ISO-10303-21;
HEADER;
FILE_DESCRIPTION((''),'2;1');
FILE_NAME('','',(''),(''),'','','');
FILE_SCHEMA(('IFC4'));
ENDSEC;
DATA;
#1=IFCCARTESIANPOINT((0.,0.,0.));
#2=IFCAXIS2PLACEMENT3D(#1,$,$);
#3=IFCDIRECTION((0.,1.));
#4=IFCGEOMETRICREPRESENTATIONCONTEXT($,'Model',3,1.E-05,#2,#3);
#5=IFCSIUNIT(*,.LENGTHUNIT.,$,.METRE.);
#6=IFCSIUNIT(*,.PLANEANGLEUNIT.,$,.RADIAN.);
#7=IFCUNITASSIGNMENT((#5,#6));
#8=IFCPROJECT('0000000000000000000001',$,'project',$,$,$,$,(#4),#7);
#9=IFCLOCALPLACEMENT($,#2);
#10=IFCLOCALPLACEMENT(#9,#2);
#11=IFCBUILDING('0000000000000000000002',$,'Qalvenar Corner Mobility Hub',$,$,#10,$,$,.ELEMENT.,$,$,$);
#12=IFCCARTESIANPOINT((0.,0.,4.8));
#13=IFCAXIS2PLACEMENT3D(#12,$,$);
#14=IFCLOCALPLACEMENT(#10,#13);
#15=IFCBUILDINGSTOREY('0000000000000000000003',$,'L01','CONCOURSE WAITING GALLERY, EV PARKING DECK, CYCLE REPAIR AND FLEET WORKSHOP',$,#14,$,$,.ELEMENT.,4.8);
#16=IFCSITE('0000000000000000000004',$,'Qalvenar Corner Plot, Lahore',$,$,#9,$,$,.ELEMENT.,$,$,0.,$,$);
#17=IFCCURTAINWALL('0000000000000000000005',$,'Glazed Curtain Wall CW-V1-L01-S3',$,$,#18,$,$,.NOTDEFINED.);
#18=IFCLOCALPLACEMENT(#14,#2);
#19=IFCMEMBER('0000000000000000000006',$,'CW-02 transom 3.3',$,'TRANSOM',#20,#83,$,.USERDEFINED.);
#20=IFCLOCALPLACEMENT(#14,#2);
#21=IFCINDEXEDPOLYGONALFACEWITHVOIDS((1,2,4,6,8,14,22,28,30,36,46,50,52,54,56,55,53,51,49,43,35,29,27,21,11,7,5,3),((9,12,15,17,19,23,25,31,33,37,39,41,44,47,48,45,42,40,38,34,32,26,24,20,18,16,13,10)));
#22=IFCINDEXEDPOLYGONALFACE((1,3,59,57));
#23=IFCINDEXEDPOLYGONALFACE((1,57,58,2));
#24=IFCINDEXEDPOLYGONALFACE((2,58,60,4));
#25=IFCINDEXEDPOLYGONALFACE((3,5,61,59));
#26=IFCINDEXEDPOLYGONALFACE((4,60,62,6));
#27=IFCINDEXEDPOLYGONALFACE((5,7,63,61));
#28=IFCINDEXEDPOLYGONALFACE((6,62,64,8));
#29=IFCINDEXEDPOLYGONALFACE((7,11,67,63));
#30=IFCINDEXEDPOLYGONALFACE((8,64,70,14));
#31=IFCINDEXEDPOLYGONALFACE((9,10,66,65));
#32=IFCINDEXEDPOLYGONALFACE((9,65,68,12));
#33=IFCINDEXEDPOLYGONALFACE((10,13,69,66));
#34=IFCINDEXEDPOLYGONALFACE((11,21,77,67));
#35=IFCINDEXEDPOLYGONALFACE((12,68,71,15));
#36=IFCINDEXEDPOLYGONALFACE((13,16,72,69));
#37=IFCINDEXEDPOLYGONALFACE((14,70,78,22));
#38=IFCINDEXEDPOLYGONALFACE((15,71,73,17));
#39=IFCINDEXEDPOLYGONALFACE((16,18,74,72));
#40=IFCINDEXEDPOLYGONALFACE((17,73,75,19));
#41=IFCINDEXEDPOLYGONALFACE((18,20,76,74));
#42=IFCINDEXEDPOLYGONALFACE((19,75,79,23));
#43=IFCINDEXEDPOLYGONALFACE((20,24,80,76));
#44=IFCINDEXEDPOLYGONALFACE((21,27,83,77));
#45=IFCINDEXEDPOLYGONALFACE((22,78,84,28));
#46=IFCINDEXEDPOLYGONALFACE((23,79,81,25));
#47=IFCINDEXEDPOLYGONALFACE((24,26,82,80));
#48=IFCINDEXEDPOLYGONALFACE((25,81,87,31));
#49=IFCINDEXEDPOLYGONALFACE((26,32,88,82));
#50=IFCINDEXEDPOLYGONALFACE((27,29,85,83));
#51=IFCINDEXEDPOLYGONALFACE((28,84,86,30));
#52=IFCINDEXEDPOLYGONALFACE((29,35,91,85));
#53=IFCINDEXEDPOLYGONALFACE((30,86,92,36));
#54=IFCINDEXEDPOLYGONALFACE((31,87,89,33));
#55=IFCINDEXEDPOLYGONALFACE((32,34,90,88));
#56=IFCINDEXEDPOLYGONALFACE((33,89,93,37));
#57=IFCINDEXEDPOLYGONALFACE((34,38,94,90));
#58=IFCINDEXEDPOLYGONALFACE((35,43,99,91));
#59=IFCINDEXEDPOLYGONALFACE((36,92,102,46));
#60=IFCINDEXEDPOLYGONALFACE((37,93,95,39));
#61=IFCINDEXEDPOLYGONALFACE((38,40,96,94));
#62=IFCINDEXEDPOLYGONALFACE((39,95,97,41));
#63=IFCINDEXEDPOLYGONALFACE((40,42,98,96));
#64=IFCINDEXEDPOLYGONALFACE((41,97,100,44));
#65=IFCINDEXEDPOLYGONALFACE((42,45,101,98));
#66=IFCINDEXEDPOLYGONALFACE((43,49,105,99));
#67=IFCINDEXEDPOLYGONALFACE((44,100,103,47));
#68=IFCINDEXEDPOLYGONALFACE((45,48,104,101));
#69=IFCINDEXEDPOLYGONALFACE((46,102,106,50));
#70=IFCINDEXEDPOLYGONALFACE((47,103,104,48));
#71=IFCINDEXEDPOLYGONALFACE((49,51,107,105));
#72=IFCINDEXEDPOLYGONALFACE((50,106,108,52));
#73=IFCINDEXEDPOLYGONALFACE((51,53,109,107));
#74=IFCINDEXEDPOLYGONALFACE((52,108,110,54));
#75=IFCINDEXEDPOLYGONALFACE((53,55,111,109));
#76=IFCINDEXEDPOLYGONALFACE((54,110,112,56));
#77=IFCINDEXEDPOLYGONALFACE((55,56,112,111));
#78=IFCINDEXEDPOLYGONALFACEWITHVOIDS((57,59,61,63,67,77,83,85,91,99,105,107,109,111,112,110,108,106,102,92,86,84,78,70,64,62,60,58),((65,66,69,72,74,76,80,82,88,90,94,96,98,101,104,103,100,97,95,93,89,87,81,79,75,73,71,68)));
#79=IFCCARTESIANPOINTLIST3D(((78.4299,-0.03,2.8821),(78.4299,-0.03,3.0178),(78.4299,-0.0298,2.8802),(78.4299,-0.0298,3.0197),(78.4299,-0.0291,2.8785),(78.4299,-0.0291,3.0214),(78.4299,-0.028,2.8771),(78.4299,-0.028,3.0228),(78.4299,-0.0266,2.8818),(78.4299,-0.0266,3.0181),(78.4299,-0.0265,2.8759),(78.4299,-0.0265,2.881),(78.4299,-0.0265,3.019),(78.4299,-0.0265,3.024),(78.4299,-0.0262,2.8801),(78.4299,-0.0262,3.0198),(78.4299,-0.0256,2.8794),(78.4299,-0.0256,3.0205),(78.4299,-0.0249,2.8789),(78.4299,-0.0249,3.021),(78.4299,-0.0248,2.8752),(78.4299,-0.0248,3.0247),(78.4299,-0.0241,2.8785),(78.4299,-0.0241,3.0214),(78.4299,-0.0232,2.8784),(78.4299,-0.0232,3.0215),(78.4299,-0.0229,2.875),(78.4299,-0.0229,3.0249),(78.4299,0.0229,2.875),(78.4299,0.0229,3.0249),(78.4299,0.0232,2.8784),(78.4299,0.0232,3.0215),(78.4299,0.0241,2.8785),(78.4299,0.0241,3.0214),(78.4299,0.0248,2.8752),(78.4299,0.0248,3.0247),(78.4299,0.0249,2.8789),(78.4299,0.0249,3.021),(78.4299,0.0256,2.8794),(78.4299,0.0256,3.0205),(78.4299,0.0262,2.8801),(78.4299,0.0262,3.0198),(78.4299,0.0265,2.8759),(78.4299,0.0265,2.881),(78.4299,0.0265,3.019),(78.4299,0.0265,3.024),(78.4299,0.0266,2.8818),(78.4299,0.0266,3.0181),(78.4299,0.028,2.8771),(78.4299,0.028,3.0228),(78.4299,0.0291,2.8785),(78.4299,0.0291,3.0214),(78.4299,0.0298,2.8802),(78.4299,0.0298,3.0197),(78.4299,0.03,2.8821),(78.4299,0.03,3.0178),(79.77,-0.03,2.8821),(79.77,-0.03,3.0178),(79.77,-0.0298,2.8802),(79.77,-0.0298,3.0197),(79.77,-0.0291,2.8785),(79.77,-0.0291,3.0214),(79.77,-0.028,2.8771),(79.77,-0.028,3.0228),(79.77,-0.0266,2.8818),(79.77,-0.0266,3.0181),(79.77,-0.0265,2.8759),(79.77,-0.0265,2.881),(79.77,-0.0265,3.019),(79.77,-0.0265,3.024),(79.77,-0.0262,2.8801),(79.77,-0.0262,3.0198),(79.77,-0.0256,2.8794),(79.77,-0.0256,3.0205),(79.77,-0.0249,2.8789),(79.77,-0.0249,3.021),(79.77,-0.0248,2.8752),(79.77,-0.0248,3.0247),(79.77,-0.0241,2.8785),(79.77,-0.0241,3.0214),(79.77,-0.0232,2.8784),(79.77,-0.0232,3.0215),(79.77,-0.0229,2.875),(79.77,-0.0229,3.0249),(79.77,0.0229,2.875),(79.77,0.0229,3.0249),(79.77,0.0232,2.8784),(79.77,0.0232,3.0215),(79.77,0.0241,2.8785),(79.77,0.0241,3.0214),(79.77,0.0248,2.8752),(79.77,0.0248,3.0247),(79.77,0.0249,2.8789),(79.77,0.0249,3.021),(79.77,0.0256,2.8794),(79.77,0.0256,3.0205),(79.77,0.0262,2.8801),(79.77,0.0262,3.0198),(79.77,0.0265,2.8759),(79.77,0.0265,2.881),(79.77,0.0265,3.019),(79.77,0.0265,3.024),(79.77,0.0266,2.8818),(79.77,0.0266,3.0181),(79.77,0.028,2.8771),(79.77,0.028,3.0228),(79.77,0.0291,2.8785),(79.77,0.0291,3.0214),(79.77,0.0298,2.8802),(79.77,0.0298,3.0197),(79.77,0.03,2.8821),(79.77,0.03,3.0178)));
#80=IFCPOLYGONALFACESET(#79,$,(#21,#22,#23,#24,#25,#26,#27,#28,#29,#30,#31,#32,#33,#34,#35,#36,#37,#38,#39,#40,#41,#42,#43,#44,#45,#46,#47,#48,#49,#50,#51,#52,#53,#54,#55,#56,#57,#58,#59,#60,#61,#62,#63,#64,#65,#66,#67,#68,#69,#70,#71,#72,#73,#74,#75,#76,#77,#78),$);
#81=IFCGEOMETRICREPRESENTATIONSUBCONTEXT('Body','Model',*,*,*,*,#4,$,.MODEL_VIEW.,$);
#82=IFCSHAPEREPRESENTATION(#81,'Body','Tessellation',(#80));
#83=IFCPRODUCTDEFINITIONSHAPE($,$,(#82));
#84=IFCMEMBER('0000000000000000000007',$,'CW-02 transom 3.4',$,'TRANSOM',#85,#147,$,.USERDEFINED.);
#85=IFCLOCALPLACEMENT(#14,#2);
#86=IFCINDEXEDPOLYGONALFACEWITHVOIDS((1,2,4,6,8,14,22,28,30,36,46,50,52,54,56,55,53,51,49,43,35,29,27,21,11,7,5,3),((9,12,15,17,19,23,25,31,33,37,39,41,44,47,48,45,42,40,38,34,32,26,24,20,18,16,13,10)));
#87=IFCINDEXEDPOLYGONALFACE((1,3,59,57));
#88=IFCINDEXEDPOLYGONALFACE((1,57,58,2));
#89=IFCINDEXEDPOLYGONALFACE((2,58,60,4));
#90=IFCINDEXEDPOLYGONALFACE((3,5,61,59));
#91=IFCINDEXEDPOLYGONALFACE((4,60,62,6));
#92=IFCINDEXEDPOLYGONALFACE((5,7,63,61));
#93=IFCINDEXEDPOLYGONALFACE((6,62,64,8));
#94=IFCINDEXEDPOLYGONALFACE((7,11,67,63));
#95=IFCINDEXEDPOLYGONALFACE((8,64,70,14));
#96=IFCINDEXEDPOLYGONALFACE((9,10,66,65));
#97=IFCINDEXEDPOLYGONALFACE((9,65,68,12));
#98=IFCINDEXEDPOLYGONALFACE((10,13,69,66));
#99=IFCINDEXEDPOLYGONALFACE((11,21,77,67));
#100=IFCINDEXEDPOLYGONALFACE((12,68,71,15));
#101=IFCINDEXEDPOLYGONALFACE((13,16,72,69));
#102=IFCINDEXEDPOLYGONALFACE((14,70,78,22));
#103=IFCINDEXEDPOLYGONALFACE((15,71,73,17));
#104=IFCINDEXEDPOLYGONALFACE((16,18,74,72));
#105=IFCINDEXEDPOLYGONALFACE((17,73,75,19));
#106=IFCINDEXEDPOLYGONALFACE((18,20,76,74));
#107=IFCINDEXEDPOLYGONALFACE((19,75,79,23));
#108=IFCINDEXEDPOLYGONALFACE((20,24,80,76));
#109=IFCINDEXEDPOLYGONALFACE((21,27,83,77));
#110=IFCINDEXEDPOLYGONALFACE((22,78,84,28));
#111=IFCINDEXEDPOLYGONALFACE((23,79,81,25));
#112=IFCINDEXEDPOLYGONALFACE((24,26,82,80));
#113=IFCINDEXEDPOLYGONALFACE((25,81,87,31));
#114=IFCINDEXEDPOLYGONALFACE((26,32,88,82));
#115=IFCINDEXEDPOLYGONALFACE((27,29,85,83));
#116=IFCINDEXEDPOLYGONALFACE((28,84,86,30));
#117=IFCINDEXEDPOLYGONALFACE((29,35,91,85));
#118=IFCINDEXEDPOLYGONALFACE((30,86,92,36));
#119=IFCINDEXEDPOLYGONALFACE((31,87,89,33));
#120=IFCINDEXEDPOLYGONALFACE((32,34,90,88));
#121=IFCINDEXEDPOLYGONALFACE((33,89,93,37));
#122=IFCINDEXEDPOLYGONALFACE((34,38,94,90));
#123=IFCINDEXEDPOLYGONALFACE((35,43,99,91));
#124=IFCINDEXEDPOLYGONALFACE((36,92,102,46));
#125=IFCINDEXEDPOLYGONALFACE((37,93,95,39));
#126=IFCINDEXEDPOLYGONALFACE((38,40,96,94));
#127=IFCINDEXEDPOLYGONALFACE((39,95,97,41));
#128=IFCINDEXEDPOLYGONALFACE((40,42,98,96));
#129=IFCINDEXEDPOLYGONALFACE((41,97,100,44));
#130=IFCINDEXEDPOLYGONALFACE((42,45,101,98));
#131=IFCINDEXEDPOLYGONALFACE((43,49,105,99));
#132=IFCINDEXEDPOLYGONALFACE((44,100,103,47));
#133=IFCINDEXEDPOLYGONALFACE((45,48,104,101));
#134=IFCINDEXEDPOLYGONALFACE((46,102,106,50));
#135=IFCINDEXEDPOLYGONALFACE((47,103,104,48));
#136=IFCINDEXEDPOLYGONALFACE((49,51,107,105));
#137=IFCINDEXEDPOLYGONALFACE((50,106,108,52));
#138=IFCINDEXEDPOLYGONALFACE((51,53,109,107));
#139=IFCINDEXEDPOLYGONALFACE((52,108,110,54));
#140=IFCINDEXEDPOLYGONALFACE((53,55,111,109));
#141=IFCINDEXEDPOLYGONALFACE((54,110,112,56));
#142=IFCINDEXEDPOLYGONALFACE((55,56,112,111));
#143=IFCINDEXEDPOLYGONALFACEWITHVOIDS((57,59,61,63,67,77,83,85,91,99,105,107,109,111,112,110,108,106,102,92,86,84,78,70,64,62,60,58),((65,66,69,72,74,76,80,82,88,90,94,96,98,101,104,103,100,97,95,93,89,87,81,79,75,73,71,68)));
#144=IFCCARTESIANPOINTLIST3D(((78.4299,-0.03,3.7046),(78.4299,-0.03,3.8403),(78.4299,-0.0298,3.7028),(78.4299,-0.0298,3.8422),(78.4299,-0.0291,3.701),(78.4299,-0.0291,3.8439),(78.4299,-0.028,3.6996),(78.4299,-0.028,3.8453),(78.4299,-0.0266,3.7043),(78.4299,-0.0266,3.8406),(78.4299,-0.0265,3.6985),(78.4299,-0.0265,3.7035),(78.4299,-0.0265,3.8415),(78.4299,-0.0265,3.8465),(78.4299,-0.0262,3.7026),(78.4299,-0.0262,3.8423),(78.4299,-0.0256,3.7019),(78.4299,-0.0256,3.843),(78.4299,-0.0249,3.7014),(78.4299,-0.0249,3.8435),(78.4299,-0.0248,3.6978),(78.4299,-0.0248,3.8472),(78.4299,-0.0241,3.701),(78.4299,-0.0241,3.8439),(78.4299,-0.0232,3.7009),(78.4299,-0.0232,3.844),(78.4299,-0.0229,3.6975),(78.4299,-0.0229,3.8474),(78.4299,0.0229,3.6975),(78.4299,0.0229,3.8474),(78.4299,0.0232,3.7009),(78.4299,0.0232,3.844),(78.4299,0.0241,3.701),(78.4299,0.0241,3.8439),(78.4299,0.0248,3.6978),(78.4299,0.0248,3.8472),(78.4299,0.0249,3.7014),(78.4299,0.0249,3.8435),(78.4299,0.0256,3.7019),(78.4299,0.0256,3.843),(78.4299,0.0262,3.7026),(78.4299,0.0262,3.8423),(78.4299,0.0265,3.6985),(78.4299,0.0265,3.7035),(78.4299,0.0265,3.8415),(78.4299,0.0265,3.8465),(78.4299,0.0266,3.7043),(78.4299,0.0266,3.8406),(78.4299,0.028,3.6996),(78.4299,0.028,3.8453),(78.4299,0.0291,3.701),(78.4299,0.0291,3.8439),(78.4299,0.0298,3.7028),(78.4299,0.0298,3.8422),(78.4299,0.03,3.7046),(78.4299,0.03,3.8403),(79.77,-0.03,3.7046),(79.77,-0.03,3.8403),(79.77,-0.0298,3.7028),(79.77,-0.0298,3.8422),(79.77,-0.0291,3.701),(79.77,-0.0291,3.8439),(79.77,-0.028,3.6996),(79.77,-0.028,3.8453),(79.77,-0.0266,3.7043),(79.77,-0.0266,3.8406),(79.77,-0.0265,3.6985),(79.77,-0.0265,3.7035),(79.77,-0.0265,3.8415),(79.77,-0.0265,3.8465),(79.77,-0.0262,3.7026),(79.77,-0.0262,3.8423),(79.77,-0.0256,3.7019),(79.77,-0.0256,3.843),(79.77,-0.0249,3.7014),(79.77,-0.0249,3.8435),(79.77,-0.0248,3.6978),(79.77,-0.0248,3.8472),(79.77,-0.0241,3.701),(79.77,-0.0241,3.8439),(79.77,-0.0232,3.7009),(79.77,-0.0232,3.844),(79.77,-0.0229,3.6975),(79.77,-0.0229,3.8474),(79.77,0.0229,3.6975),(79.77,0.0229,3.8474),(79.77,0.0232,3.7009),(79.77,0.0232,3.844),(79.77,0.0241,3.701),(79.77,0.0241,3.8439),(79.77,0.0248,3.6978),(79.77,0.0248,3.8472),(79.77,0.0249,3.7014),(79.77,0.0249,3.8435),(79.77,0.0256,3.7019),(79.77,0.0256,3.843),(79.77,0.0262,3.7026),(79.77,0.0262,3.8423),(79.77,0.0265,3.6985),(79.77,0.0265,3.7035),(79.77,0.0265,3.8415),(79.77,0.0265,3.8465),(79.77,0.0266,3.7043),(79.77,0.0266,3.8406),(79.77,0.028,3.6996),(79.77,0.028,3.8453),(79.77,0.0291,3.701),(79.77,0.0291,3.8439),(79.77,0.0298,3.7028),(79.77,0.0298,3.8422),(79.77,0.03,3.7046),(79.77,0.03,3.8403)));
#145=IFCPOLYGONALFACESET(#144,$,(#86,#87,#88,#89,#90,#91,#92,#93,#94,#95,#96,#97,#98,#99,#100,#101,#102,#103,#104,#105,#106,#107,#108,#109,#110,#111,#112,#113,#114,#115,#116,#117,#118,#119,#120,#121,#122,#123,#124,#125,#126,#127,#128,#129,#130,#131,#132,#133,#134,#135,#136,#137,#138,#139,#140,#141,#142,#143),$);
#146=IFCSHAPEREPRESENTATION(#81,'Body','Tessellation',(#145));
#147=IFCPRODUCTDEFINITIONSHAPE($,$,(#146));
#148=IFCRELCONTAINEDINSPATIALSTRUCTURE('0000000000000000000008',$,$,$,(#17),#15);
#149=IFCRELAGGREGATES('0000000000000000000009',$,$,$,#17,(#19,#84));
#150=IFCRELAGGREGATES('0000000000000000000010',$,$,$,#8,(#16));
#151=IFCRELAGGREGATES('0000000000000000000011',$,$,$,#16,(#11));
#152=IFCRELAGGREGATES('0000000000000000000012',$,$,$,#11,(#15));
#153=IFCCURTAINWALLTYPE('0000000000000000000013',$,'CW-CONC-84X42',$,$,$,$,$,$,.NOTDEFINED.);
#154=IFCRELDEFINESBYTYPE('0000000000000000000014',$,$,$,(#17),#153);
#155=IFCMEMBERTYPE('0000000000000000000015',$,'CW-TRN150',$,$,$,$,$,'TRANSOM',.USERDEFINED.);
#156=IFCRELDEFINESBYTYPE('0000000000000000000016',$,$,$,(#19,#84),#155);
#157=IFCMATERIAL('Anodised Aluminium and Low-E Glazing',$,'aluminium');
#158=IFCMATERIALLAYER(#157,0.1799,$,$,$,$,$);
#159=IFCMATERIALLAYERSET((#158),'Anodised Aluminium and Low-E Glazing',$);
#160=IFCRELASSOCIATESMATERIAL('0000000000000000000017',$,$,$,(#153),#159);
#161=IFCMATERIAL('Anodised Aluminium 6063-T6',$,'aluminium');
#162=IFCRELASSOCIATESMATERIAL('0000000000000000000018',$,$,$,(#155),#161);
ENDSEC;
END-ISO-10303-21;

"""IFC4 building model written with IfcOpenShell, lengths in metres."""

from ifc_helpers import new_model, si_unit, direction, frame, origin, origin_2d, place, context, subcontext, project, spatial, hollow_rectangle, extrude, material, layer, layer_set, material_profile, profile_set, type_object, element, aggregate, save


model = new_model("IFC4")

# Units and contexts
model_context = context("Model", 3, precision=1e-05, world=origin(), true_north=direction((0.0, 1.0)))
body_context = subcontext(model_context, "Body", "Model", "MODEL_VIEW")
ifc_project = project(units=[si_unit("LENGTHUNIT", "METRE"), si_unit("PLANEANGLEUNIT", "RADIAN")], contexts=[model_context])

# Site, building, storey
site_placement = place(None, origin())
site = spatial("IfcSite", under=ifc_project, at=site_placement, Name="Qalvenar Corner Plot, Lahore", CompositionType="ELEMENT", RefElevation=0.0)
building_placement = place(site_placement, origin())
building = spatial("IfcBuilding", under=site, at=building_placement, Name="Qalvenar Corner Mobility Hub", CompositionType="ELEMENT")
storey_placement = place(building_placement, frame((0.0, 0.0, 4.8)))
storey = spatial("IfcBuildingStorey", under=building, at=storey_placement, Name="L01", Description="CONCOURSE WAITING GALLERY, EV PARKING DECK, CYCLE REPAIR AND FLEET WORKSHOP", CompositionType="ELEMENT", Elevation=4.8)

# Curtain wall, members
ifc_material_1 = material(Name="Anodised Aluminium and Low-E Glazing", Category="aluminium")
ifc_layer_1 = layer(ifc_material_1, 0.1799)
ifc_layer_set_1 = layer_set([ifc_layer_1], Name="Anodised Aluminium and Low-E Glazing")
curtain_wall_type = type_object("IfcCurtainWallType", Name="CW-CONC-84X42", PredefinedType="NOTDEFINED", material=ifc_layer_set_1)
curtain_wall_placement = place(storey_placement, origin())
curtain_wall = element("IfcCurtainWall", 1, at=curtain_wall_placement, inside=storey, type_object=curtain_wall_type, Name="Glazed Curtain Wall CW-V1-L01-S3", PredefinedType="NOTDEFINED")
ifc_material_2 = material(Name="Anodised Aluminium 6063-T6", Category="aluminium")
ifc_material_profile_1 = material_profile(ifc_material_2, hollow_rectangle(XDim=0.0601, YDim=0.1499, WallThickness=0.0034, InnerFilletRadius=0.0034, OuterFilletRadius=0.0071, at=origin_2d()), Name="RHS150x60x3.5")
ifc_profile_set_1 = profile_set([ifc_material_profile_1], Name="Anodised Aluminium 6063-T6")
member_type_1 = type_object("IfcMemberType", Name="CW-TRN150", ElementType="TRANSOM", PredefinedType="USERDEFINED", material=ifc_profile_set_1)
member_1_placement = place(storey_placement, frame((78.4299, 0.0, 2.95), z_axis=(1.0, 0.0, 0.0), x_axis=(0.0, 1.0, 0.0)))
member_1 = element("IfcMember", 2, at=member_1_placement, type_object=member_type_1, Name="CW-02 transom 3.3", ObjectType="TRANSOM", PredefinedType="USERDEFINED", context=body_context, shape_type="SweptSolid", body=[
    extrude(hollow_rectangle(XDim=0.0601, YDim=0.1499, WallThickness=0.0034, InnerFilletRadius=0.0034, OuterFilletRadius=0.0071, at=origin_2d()), origin(), (0.0, 0.0, 1.0), 1.3401),
])
member_2_placement = place(storey_placement, frame((78.4299, 0.0, 3.7725), z_axis=(1.0, 0.0, 0.0), x_axis=(0.0, 1.0, 0.0)))
member_2 = element("IfcMember", 3, at=member_2_placement, type_object=member_type_1, Name="CW-02 transom 3.4", ObjectType="TRANSOM", PredefinedType="USERDEFINED", context=body_context, shape_type="SweptSolid", body=[
    extrude(hollow_rectangle(XDim=0.0601, YDim=0.1499, WallThickness=0.0034, InnerFilletRadius=0.0034, OuterFilletRadius=0.0071, at=origin_2d()), origin(), (0.0, 0.0, 1.0), 1.3401),
])
aggregate(curtain_wall, [member_1, member_2])

save(model, "model.ifc")
